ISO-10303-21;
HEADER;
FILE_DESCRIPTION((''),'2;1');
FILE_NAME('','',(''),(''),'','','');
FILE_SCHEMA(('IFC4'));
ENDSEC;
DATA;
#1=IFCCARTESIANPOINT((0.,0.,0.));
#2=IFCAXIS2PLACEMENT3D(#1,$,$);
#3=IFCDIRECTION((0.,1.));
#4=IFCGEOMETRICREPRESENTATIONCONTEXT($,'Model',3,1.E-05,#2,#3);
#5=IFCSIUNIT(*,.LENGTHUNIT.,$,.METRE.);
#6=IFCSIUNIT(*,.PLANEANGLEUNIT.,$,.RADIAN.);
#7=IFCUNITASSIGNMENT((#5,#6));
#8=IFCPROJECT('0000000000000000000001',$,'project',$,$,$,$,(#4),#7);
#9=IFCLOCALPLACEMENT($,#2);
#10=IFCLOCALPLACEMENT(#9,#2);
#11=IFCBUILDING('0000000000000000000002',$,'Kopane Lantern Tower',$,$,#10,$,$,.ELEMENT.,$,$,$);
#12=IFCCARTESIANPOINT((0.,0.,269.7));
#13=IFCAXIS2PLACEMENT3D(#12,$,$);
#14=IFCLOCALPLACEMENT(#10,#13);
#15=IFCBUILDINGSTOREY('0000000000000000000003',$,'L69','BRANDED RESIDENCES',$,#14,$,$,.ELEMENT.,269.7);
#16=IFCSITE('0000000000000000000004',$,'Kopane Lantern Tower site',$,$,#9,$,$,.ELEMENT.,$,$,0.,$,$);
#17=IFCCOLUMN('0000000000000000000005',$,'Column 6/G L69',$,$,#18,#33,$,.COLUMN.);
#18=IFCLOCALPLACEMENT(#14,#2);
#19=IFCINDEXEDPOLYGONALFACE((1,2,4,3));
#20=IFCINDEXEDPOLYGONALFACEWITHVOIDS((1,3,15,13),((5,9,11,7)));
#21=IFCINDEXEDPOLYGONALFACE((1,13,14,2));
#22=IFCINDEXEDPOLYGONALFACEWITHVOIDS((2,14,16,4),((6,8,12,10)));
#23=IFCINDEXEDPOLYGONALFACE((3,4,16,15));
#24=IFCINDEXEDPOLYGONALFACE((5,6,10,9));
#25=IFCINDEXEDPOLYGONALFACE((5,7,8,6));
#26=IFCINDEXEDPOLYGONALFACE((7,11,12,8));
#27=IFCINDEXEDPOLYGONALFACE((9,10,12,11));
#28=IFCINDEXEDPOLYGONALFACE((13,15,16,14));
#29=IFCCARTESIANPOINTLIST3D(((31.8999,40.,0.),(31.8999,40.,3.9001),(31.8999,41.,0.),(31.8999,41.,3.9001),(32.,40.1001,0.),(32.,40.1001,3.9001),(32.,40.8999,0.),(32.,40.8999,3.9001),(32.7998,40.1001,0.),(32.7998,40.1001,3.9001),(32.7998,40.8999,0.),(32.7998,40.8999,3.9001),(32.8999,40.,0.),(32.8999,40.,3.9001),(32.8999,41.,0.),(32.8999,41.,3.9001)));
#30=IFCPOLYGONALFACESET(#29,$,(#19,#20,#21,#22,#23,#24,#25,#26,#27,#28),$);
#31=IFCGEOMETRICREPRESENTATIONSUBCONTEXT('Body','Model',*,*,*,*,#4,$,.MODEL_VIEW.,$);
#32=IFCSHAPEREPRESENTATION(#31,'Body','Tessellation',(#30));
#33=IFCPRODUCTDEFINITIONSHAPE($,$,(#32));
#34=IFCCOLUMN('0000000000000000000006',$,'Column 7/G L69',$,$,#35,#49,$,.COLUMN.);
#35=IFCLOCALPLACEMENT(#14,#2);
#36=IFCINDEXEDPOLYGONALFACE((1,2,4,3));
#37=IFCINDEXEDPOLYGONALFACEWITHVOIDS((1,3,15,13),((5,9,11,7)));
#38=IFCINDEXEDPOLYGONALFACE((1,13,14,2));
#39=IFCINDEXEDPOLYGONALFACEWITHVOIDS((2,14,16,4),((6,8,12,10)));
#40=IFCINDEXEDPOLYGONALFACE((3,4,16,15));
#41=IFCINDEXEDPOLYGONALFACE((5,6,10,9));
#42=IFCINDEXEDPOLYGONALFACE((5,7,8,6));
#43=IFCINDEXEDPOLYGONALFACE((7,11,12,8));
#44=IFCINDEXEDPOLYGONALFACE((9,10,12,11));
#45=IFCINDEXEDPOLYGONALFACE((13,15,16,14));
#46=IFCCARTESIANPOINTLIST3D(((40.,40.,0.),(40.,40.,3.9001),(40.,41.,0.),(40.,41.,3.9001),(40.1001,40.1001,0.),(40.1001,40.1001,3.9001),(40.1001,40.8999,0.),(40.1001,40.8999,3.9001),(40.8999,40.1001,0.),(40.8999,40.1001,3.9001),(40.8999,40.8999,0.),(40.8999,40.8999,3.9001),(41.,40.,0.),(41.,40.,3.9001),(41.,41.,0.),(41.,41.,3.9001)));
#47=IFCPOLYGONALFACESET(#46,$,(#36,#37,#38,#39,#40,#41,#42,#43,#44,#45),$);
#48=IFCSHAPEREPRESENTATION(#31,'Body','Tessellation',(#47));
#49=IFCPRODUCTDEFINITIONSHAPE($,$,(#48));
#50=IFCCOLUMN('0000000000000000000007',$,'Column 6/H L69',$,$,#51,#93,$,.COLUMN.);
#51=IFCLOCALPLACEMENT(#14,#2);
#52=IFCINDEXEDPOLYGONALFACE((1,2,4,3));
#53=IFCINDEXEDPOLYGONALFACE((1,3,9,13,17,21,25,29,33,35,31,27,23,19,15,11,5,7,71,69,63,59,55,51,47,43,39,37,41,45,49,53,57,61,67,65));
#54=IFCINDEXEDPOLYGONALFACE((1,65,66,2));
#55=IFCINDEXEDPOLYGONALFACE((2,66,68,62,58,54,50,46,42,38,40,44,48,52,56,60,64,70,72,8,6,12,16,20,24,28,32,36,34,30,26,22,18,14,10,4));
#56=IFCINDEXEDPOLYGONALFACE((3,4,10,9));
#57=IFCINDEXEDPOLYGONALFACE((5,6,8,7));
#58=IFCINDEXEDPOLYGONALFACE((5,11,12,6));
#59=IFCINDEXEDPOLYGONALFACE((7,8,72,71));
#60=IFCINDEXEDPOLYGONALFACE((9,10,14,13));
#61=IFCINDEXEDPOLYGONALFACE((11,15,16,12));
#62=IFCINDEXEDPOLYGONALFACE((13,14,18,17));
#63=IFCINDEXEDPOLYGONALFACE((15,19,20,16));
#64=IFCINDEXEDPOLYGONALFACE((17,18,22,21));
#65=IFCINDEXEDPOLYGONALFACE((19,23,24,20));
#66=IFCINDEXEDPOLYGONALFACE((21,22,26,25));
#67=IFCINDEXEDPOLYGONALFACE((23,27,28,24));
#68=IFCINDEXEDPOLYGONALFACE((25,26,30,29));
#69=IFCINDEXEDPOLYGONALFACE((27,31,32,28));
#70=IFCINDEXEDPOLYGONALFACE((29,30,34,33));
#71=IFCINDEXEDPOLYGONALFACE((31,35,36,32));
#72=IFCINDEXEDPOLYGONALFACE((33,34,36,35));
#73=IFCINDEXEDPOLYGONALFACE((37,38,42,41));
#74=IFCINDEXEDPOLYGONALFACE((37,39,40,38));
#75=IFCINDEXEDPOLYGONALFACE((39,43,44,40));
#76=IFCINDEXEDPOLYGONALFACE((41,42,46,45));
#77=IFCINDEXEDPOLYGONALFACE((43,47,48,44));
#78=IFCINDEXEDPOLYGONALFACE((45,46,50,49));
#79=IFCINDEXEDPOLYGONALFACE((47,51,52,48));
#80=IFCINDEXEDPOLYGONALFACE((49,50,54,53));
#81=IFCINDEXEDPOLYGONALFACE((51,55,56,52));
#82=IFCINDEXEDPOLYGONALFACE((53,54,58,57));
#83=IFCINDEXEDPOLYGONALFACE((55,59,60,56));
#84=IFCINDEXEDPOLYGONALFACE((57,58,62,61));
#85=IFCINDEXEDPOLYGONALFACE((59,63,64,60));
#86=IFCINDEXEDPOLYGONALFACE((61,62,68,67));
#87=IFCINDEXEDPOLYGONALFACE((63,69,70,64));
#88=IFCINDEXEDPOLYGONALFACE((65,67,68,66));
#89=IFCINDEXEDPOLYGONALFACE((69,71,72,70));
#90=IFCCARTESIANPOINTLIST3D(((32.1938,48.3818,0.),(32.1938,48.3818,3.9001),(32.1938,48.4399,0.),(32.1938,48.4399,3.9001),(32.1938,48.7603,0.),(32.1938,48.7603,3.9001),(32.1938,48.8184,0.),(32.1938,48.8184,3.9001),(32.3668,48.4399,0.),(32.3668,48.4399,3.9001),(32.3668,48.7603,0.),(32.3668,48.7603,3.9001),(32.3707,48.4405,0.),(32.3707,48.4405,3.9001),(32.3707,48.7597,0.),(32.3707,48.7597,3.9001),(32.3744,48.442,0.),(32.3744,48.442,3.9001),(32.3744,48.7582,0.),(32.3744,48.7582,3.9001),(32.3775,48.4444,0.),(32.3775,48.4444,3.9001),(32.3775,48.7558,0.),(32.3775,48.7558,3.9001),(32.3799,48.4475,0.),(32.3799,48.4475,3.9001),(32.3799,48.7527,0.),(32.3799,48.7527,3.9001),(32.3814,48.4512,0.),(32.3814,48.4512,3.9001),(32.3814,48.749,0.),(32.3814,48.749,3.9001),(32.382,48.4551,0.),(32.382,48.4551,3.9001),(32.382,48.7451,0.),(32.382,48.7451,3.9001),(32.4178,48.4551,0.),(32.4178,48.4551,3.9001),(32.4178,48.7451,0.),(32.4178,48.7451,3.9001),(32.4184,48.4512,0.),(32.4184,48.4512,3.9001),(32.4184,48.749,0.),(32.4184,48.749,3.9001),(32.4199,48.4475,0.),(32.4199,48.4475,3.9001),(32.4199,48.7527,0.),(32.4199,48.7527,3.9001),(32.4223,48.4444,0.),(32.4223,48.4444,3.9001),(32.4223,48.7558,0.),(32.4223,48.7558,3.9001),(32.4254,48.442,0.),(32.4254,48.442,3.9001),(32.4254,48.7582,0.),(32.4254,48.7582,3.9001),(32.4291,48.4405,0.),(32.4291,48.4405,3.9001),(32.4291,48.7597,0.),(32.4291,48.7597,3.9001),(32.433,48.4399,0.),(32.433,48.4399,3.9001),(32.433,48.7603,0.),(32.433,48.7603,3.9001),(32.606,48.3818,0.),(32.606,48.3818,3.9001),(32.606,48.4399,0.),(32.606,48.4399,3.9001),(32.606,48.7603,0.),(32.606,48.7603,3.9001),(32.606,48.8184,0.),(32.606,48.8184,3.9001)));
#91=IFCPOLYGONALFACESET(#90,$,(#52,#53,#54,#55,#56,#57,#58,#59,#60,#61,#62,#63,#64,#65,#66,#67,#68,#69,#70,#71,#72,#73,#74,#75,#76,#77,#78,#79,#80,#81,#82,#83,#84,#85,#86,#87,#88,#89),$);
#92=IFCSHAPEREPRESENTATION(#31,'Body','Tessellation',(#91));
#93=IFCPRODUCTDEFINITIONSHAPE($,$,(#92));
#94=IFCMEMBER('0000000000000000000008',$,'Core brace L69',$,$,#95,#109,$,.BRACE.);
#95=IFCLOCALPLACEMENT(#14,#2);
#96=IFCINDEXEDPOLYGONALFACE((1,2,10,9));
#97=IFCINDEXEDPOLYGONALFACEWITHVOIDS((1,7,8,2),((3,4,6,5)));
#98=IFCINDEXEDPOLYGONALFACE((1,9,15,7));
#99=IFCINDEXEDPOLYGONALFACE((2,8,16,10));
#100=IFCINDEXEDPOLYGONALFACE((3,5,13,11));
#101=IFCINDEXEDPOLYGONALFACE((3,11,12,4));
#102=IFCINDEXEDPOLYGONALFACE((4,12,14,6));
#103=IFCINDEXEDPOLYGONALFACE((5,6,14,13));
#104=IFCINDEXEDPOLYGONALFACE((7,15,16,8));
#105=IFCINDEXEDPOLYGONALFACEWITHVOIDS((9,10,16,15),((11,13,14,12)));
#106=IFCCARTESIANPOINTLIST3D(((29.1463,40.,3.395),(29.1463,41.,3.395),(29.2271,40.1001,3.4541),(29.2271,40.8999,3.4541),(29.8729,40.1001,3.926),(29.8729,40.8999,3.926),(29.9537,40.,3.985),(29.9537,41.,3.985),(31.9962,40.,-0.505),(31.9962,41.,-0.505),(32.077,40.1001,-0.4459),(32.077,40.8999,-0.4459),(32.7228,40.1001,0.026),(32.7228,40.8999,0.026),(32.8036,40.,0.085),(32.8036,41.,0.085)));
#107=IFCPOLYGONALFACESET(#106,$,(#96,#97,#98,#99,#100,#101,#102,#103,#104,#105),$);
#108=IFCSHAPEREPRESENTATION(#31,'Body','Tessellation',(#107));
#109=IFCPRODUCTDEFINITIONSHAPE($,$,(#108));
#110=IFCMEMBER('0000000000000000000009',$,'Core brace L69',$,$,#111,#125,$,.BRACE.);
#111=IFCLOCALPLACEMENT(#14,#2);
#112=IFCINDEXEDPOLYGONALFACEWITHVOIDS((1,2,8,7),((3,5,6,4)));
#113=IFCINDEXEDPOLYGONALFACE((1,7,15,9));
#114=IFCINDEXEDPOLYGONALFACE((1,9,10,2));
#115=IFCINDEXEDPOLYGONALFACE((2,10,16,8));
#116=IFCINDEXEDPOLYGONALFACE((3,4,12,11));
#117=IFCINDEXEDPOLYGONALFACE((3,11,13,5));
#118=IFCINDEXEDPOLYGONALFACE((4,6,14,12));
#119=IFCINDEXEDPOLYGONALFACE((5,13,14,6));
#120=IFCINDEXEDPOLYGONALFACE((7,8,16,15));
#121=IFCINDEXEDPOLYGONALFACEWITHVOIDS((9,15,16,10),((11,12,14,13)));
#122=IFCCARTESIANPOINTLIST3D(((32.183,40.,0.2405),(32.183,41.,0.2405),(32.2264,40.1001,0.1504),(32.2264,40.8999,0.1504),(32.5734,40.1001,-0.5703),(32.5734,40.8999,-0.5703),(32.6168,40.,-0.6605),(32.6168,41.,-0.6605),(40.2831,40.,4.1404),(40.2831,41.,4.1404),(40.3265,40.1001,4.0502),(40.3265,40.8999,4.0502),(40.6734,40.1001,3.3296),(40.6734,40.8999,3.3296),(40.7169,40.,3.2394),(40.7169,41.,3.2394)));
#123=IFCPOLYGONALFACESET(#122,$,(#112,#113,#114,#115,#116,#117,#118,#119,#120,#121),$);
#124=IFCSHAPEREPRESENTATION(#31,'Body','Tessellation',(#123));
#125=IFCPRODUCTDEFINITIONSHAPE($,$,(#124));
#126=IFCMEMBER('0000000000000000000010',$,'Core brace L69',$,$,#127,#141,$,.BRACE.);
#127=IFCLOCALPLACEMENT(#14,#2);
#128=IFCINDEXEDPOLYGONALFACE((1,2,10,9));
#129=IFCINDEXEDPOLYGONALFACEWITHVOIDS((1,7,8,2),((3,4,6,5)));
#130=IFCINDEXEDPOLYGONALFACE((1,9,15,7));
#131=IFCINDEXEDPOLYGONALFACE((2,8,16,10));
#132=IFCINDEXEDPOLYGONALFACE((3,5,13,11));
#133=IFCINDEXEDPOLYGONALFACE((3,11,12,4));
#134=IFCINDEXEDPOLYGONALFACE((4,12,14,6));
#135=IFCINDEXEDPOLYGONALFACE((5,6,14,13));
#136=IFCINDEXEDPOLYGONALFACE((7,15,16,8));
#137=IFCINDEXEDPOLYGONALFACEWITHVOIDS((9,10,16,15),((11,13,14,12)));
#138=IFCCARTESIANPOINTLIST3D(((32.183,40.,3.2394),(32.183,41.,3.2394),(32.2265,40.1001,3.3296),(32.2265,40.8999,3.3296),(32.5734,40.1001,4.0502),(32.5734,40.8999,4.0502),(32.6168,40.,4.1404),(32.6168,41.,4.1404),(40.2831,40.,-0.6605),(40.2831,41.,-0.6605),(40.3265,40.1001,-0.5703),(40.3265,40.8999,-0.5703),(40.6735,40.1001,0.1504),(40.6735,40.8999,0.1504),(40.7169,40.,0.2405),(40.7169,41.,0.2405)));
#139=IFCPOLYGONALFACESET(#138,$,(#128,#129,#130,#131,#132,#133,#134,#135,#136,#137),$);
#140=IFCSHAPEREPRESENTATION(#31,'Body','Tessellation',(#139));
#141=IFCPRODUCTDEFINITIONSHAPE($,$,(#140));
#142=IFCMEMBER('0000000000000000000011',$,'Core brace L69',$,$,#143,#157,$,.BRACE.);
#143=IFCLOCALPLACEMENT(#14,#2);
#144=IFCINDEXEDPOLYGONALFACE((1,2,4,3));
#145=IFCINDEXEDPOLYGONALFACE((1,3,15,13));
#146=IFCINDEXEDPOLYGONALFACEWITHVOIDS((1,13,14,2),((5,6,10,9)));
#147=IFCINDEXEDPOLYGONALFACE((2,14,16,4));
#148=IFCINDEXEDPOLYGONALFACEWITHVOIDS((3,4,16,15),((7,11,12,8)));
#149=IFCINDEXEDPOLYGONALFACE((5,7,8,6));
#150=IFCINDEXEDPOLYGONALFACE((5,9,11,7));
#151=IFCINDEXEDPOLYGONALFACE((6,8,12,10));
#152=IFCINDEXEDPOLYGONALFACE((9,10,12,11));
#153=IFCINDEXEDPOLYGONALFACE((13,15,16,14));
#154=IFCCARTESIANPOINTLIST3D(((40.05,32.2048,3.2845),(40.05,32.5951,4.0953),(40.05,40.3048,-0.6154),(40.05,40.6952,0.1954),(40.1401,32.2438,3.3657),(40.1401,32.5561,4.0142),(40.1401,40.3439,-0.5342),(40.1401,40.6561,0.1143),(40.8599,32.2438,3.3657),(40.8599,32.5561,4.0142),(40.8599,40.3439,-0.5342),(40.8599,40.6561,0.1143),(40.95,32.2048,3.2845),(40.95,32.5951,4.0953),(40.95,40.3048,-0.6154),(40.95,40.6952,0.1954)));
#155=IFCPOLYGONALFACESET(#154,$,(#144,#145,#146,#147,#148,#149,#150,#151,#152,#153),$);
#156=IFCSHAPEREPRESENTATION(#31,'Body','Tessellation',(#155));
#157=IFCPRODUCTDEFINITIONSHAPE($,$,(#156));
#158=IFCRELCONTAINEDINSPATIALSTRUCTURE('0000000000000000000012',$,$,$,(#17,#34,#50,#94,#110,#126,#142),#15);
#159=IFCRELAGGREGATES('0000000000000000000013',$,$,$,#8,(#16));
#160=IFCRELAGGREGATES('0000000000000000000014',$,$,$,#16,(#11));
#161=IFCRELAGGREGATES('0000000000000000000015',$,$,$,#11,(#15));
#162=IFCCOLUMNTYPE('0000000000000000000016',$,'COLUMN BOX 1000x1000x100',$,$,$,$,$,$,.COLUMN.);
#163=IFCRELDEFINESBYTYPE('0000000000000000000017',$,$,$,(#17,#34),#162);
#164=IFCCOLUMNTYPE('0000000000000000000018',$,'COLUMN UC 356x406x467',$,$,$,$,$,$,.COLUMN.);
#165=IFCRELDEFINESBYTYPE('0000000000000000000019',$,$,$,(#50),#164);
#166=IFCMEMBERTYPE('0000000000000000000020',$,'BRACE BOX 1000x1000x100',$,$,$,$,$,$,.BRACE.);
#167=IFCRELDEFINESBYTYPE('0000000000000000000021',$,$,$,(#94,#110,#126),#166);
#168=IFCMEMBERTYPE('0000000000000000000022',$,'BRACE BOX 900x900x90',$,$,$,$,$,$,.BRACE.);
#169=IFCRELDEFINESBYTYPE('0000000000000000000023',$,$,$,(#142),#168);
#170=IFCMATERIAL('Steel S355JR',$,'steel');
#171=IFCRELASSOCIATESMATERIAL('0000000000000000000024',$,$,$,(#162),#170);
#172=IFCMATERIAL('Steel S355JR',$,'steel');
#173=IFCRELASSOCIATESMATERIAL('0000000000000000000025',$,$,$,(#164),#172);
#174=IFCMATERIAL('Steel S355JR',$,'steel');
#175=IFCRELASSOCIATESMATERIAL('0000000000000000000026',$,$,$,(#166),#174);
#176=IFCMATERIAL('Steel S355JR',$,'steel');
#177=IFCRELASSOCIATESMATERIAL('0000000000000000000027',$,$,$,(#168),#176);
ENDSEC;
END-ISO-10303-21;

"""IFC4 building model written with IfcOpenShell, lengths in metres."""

from ifc_helpers import new_model, si_unit, direction, frame, origin, origin_2d, place, context, subcontext, project, spatial, hollow_rectangle, i_section, extrude, material, material_profile, profile_set, type_object, element, save


model = new_model("IFC4")

# Units and contexts
model_context = context("Model", 3, precision=1e-05, world=origin(), true_north=direction((0.0, 1.0)))
body_context = subcontext(model_context, "Body", "Model", "MODEL_VIEW")
ifc_project = project(units=[si_unit("LENGTHUNIT", "METRE"), si_unit("PLANEANGLEUNIT", "RADIAN")], contexts=[model_context])

# Site, building, storey
site_placement = place(None, origin())
site = spatial("IfcSite", under=ifc_project, at=site_placement, Name="Kopane Lantern Tower site", CompositionType="ELEMENT", RefElevation=0.0)
building_placement = place(site_placement, origin())
building = spatial("IfcBuilding", under=site, at=building_placement, Name="Kopane Lantern Tower", CompositionType="ELEMENT")
storey_placement = place(building_placement, frame((0.0, 0.0, 269.7)))
storey = spatial("IfcBuildingStorey", under=building, at=storey_placement, Name="L69", Description="BRANDED RESIDENCES", CompositionType="ELEMENT", Elevation=269.7)

# Columns
ifc_material_1 = material(Name="Steel S355JR", Category="steel")
ifc_material_profile_1 = material_profile(ifc_material_1, hollow_rectangle(XDim=1.0, YDim=1.0, WallThickness=0.1001, at=origin_2d()), Name="BOX 1000x1000x100")
ifc_profile_set_1 = profile_set([ifc_material_profile_1], Name="Steel S355JR")
column_type_1 = type_object("IfcColumnType", Name="COLUMN BOX 1000x1000x100", PredefinedType="COLUMN", material=ifc_profile_set_1)
for number, where, z_axis, x_axis, name in (
    (1, (32.3999, 40.5, 0.0), (0.0, 0.0, 1.0), (1.0, 0.0, 0.0), "Column 6/G L69"),
    (2, (40.5, 40.5, 0.0), (0.0, 0.0, 1.0), (1.0, 0.0, 0.0), "Column 7/G L69"),
):
    element("IfcColumn", number, at=place(storey_placement, frame(where, z_axis=z_axis, x_axis=x_axis)), inside=storey, type_object=column_type_1, Name=name, PredefinedType="COLUMN", context=body_context, shape_type="SweptSolid", body=[
        extrude(hollow_rectangle(XDim=1.0, YDim=1.0, WallThickness=0.1001, at=origin_2d()), origin(), (0.0, 0.0, 1.0), 3.9001),
    ])
ifc_material_2 = material(Name="Steel S355JR", Category="steel")
ifc_material_profile_2 = material_profile(ifc_material_2, i_section(OverallWidth=0.4121, OverallDepth=0.4365, WebThickness=0.0359, FlangeThickness=0.0581, FilletRadius=0.0151, at=origin_2d()), Name="UC 356x406x467")
ifc_profile_set_2 = profile_set([ifc_material_profile_2], Name="Steel S355JR")
column_type_2 = type_object("IfcColumnType", Name="COLUMN UC 356x406x467", PredefinedType="COLUMN", material=ifc_profile_set_2)
column_placement = place(storey_placement, frame((32.3999, 48.6001, 0.0), z_axis=(0.0, 0.0, 1.0), x_axis=(1.0, 0.0, 0.0)))
element("IfcColumn", 3, at=column_placement, inside=storey, type_object=column_type_2, Name="Column 6/H L69", PredefinedType="COLUMN", context=body_context, shape_type="SweptSolid", body=[
    extrude(i_section(OverallWidth=0.4121, OverallDepth=0.4365, WebThickness=0.0359, FlangeThickness=0.0581, FilletRadius=0.0151, at=origin_2d()), origin(), (0.0, 0.0, 1.0), 3.9001),
])

# Members
ifc_material_3 = material(Name="Steel S355JR", Category="steel")
ifc_material_profile_3 = material_profile(ifc_material_3, hollow_rectangle(XDim=1.0, YDim=1.0, WallThickness=0.1001, at=origin_2d()), Name="BOX 1000x1000x100")
ifc_profile_set_3 = profile_set([ifc_material_profile_3], Name="Steel S355JR")
member_type_1 = type_object("IfcMemberType", Name="BRACE BOX 1000x1000x100", PredefinedType="BRACE", material=ifc_profile_set_3)
member_1_placement = place(storey_placement, frame((32.3999, 40.5, -0.21), z_axis=(-0.590006, 0.0, 0.807399), x_axis=(0.0, -1.0, 0.0)))
element("IfcMember", 4, at=member_1_placement, inside=storey, type_object=member_type_1, Name="Core brace L69", PredefinedType="BRACE", context=body_context, shape_type="SweptSolid", body=[
    extrude(hollow_rectangle(XDim=1.0, YDim=1.0, WallThickness=0.1001, at=origin_2d()), origin(), (0.0, 0.0, 1.0), 4.8303),
])
for number, where, z_axis, x_axis, name in (
    (5, (32.3999, 40.5, -0.21), (0.901008, 0.0, 0.433803), (0.0, 1.0, 0.0), "Core brace L69"),
    (6, (40.5, 40.5, -0.21), (-0.901008, 0.0, 0.433803), (0.0, -1.0, 0.0), "Core brace L69"),
):
    element("IfcMember", number, at=place(storey_placement, frame(where, z_axis=z_axis, x_axis=x_axis)), inside=storey, type_object=member_type_1, Name=name, PredefinedType="BRACE", context=body_context, shape_type="SweptSolid", body=[
        extrude(hollow_rectangle(XDim=1.0, YDim=1.0, WallThickness=0.1001, at=origin_2d()), origin(), (0.0, 0.0, 1.0), 8.99),
    ])
ifc_material_4 = material(Name="Steel S355JR", Category="steel")
ifc_material_profile_4 = material_profile(ifc_material_4, hollow_rectangle(XDim=0.8999, YDim=0.8999, WallThickness=0.0901, at=origin_2d()), Name="BOX 900x900x90")
ifc_profile_set_4 = profile_set([ifc_material_profile_4], Name="Steel S355JR")
member_type_2 = type_object("IfcMemberType", Name="BRACE BOX 900x900x90", PredefinedType="BRACE", material=ifc_profile_set_4)
member_2_placement = place(storey_placement, frame((40.5, 40.5, -0.21), z_axis=(0.0, -0.901008, 0.433803), x_axis=(1.0, 0.0, 0.0)))
element("IfcMember", 7, at=member_2_placement, inside=storey, type_object=member_type_2, Name="Core brace L69", PredefinedType="BRACE", context=body_context, shape_type="SweptSolid", body=[
    extrude(hollow_rectangle(XDim=0.8999, YDim=0.8999, WallThickness=0.0901, at=origin_2d()), origin(), (0.0, 0.0, 1.0), 8.99),
])

save(model, "model.ifc")
